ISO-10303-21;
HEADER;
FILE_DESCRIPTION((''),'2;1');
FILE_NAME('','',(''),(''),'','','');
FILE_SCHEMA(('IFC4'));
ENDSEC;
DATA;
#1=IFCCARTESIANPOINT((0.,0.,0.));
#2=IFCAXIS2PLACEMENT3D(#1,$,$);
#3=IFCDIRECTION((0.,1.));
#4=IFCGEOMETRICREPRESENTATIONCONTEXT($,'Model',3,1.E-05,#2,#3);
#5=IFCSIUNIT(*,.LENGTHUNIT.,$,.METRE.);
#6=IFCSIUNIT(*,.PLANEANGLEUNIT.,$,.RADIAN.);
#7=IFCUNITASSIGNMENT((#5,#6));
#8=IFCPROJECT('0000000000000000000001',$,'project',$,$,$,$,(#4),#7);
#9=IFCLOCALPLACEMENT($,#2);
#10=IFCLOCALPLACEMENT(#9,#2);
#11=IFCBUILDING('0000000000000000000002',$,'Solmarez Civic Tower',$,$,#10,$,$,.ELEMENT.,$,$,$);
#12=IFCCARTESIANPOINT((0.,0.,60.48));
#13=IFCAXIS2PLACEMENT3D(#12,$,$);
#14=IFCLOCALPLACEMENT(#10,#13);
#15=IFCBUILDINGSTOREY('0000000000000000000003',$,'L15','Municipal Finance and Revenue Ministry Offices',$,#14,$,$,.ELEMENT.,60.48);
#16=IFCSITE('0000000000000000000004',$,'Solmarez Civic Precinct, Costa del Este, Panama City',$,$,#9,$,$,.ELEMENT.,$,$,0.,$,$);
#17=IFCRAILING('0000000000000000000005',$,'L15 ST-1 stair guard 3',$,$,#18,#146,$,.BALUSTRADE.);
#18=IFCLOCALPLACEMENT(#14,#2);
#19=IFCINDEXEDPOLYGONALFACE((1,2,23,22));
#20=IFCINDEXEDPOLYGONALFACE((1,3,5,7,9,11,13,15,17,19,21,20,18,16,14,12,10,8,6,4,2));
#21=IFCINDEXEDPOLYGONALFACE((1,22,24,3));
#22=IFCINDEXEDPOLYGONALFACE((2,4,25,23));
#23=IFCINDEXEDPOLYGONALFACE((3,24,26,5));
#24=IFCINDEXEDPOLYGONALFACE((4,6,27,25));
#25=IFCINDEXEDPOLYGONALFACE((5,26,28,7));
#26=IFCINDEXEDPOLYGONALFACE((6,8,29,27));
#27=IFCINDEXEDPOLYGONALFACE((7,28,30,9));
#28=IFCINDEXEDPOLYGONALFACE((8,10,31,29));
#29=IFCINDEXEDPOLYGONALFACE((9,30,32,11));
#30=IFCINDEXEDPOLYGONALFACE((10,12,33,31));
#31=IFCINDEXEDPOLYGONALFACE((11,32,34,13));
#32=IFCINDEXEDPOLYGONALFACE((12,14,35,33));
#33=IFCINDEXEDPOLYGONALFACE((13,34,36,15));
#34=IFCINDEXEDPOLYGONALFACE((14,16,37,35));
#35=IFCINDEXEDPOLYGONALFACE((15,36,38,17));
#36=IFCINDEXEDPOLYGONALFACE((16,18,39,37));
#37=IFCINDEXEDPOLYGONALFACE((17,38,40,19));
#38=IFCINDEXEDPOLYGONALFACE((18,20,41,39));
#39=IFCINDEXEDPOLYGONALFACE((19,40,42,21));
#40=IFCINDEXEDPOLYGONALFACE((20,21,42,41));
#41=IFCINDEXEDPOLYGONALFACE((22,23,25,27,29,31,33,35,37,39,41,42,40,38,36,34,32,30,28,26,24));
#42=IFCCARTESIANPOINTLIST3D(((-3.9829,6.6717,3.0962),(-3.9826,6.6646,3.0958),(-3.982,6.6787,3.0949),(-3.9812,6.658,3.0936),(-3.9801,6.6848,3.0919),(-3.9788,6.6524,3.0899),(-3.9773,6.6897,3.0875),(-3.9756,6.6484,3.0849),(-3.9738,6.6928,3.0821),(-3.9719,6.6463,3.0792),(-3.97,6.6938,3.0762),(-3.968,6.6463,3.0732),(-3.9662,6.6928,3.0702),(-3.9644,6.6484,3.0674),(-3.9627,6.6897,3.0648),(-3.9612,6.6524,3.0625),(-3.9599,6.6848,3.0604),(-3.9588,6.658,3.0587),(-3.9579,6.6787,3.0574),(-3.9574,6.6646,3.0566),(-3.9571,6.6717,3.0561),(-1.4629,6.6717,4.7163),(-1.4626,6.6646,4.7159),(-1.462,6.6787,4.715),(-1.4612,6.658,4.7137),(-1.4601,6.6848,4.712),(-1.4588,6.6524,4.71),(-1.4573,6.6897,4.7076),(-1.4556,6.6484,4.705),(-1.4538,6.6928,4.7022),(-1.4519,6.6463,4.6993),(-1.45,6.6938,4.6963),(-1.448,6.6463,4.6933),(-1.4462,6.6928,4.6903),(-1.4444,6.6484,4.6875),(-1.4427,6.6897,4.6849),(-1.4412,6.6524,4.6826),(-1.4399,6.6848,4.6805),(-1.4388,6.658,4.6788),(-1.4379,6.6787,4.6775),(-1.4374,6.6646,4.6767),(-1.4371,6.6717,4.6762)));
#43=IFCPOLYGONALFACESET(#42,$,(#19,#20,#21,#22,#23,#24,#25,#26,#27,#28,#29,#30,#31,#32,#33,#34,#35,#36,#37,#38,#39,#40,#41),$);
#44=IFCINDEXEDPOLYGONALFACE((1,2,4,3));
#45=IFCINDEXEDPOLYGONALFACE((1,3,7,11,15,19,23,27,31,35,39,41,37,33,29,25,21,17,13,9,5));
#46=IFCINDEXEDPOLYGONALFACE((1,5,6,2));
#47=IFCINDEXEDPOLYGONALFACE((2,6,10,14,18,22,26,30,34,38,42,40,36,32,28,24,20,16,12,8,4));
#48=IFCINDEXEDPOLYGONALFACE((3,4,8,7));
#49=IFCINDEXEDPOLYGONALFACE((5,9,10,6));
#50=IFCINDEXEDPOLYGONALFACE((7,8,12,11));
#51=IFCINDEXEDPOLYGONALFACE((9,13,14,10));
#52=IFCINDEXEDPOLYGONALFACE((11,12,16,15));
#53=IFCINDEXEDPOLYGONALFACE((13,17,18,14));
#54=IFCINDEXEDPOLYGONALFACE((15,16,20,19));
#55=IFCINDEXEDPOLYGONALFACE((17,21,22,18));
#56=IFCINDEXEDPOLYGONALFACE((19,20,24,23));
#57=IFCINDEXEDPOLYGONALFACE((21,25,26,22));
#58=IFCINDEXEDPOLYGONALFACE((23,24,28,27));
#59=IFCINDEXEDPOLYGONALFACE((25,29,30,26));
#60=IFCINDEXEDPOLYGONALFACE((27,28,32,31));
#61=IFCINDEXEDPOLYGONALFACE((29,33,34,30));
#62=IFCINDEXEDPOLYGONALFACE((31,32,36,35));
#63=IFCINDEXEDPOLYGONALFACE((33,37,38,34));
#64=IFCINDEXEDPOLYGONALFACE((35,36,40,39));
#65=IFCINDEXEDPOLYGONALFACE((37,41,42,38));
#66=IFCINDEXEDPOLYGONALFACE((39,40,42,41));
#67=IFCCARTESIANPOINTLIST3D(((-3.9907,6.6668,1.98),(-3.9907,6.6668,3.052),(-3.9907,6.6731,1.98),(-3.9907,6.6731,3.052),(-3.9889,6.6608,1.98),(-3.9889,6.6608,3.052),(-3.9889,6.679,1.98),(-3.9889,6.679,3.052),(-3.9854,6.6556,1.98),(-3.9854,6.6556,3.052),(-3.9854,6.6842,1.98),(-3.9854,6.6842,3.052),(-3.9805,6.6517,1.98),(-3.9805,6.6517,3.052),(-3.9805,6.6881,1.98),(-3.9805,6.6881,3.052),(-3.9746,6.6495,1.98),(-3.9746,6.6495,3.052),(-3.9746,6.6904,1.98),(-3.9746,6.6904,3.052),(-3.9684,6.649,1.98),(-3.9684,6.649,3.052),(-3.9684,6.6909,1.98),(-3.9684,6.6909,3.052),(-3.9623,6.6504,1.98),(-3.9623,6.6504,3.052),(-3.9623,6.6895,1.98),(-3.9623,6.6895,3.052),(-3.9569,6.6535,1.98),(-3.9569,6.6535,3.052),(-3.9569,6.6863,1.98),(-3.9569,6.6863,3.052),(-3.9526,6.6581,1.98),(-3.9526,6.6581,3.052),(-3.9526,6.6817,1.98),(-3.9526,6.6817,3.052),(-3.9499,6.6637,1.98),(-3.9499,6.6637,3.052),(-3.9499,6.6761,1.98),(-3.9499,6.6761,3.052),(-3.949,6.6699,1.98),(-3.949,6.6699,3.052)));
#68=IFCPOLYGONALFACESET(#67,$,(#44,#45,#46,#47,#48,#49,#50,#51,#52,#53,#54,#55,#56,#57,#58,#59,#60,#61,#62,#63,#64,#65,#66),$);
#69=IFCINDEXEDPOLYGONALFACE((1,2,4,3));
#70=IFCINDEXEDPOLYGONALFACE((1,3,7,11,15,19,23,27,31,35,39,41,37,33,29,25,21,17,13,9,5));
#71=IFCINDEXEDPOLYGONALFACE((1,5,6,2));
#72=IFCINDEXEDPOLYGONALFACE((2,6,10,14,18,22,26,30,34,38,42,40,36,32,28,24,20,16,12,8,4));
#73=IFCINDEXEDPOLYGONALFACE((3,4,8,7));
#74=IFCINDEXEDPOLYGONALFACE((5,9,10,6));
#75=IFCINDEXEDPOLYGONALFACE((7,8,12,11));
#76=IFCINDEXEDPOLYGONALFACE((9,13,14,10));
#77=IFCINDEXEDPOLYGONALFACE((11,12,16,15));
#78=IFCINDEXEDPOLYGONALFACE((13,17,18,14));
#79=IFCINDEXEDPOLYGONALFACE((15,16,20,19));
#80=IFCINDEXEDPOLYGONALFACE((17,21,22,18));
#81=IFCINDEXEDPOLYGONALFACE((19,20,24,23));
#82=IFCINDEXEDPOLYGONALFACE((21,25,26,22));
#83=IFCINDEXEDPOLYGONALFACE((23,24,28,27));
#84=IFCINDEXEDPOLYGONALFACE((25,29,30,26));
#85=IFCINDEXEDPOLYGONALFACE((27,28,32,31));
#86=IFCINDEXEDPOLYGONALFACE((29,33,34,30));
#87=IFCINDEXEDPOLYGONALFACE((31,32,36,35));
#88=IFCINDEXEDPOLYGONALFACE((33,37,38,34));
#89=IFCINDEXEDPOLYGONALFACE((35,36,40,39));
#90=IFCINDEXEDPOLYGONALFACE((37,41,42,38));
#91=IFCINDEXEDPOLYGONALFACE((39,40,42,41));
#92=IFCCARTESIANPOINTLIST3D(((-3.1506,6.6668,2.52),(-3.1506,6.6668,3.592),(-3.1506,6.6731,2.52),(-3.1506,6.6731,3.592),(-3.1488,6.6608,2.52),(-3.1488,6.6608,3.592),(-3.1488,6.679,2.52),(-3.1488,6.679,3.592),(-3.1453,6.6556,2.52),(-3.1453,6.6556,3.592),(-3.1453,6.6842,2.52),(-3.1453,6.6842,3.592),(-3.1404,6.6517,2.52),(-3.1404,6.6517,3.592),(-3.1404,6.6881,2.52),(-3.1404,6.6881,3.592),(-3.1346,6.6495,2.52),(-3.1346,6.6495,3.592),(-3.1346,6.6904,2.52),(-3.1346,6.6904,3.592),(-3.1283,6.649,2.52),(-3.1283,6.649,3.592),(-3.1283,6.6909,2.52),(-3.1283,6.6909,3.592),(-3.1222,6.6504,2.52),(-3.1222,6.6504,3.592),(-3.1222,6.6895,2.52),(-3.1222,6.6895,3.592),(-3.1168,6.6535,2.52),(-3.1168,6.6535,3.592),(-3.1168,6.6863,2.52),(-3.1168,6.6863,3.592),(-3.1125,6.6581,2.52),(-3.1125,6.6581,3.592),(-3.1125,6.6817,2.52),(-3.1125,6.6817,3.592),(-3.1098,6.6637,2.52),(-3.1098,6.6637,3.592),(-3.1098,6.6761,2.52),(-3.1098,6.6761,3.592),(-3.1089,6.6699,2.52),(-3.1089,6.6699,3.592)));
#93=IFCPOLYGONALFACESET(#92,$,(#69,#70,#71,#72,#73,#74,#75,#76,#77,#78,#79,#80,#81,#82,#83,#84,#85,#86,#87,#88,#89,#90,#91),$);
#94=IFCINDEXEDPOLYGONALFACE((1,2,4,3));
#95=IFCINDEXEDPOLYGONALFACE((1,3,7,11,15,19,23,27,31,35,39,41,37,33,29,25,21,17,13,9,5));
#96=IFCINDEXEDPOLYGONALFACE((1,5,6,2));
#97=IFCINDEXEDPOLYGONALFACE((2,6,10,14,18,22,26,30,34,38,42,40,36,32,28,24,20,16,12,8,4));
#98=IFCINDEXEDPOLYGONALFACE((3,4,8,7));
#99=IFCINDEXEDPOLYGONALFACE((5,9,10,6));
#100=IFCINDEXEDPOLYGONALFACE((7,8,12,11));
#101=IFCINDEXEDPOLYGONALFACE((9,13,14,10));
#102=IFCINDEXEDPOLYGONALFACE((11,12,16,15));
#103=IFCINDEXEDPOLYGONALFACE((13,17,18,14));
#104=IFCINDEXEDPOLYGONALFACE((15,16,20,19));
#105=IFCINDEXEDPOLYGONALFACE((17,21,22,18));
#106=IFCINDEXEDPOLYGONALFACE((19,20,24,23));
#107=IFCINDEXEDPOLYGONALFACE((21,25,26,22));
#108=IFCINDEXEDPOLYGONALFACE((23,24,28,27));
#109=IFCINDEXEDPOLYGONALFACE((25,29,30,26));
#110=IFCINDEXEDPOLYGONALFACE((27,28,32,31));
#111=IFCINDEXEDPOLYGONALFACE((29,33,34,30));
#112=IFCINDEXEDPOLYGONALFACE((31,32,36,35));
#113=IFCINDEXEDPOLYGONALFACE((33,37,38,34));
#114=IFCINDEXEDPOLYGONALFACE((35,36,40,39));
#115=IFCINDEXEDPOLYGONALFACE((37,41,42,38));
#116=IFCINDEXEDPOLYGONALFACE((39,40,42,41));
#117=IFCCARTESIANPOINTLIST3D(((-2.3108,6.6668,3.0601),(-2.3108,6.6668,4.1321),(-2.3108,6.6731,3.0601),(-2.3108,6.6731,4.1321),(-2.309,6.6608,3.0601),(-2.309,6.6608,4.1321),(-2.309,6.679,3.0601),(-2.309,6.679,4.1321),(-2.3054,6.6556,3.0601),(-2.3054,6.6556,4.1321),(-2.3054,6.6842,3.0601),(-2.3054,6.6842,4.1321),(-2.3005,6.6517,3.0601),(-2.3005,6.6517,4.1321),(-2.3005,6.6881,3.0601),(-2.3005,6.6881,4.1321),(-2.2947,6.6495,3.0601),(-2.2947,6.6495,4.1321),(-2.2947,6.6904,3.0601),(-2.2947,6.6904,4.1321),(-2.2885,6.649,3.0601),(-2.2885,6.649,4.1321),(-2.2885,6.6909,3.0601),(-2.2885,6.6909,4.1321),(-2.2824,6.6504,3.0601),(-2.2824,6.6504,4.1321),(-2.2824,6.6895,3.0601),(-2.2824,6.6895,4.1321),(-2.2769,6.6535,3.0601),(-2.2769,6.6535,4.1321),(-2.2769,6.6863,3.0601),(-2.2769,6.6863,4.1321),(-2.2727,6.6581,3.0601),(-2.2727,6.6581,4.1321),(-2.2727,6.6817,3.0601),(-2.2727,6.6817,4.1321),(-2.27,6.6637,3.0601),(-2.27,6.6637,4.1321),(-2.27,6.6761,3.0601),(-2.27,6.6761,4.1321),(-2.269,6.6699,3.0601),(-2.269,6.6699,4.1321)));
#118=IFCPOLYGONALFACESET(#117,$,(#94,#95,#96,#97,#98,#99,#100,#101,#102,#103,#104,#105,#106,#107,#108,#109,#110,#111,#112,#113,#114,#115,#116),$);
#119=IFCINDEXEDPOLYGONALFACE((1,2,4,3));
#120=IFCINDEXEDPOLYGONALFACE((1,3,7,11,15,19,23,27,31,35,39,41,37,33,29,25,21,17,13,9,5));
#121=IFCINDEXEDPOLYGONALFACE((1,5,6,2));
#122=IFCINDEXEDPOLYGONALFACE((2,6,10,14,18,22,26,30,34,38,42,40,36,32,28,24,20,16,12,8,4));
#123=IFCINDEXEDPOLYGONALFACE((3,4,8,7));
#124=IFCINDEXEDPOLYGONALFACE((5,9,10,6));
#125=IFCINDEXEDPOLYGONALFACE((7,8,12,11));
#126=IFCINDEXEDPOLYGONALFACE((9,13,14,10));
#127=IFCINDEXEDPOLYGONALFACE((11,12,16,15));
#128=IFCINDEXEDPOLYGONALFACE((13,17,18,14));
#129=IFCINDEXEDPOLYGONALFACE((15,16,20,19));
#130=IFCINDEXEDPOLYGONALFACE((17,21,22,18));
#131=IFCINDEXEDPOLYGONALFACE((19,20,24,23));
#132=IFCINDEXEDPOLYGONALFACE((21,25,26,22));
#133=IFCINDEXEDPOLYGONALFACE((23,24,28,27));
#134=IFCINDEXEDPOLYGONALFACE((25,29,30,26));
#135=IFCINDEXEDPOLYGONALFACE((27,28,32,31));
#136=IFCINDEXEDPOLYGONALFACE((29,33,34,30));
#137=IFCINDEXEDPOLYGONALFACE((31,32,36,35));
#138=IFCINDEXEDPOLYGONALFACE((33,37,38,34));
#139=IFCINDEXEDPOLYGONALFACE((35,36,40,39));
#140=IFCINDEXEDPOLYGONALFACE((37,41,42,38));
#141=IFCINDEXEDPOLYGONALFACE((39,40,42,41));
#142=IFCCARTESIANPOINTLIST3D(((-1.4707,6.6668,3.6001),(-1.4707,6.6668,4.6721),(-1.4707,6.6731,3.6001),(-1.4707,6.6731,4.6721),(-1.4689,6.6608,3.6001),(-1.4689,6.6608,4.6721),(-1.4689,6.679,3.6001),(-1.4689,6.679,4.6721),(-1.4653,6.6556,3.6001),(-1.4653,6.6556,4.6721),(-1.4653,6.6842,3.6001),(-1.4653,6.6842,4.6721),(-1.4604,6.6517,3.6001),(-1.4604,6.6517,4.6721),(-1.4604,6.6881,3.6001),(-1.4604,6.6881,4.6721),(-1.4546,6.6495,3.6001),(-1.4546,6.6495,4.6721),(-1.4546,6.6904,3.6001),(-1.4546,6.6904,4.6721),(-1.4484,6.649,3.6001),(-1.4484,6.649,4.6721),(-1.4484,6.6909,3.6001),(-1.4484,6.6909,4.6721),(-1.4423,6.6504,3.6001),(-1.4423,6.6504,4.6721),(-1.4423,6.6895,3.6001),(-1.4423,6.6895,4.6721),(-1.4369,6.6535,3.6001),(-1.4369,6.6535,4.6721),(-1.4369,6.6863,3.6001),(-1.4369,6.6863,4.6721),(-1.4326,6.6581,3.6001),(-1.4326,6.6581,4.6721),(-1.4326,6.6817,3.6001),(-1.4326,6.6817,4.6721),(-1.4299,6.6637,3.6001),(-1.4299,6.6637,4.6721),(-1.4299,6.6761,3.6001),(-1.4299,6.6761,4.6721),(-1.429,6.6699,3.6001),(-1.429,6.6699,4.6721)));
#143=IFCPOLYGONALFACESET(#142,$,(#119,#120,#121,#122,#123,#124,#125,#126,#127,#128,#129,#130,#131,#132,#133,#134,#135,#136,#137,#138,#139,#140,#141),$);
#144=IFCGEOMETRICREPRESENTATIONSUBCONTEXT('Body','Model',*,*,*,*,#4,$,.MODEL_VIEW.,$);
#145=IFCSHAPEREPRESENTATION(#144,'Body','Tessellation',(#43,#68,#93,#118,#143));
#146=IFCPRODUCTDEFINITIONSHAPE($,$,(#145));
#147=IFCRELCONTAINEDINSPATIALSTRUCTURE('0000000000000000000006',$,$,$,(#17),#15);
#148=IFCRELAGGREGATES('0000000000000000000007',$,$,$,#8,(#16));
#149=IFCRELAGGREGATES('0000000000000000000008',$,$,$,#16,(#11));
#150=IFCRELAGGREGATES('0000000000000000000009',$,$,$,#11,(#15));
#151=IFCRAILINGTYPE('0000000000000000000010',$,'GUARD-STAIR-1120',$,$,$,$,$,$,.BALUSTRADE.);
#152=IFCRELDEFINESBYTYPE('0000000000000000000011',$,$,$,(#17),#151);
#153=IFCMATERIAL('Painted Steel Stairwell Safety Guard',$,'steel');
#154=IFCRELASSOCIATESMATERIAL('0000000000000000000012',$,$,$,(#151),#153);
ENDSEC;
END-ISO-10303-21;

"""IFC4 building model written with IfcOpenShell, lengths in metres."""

from ifc_helpers import new_model, si_unit, direction, frame, origin, origin_2d, place, context, subcontext, project, spatial, circle, extrude, material, type_object, element, save


model = new_model("IFC4")

# Units and contexts
model_context = context("Model", 3, precision=1e-05, world=origin(), true_north=direction((0.0, 1.0)))
body_context = subcontext(model_context, "Body", "Model", "MODEL_VIEW")
ifc_project = project(units=[si_unit("LENGTHUNIT", "METRE"), si_unit("PLANEANGLEUNIT", "RADIAN")], contexts=[model_context])

# Site, building, storey
site_placement = place(None, origin())
site = spatial("IfcSite", under=ifc_project, at=site_placement, Name="Solmarez Civic Precinct, Costa del Este, Panama City", CompositionType="ELEMENT", RefElevation=0.0)
building_placement = place(site_placement, origin())
building = spatial("IfcBuilding", under=site, at=building_placement, Name="Solmarez Civic Tower", CompositionType="ELEMENT")
storey_placement = place(building_placement, frame((0.0, 0.0, 60.48)))
storey = spatial("IfcBuildingStorey", under=building, at=storey_placement, Name="L15", Description="Municipal Finance and Revenue Ministry Offices", CompositionType="ELEMENT", Elevation=60.48)

# Railing
ifc_material_1 = material(Name="Painted Steel Stairwell Safety Guard", Category="steel")
railing_type_1 = type_object("IfcRailingType", Name="GUARD-STAIR-1120", PredefinedType="BALUSTRADE", material=ifc_material_1)
railing_1_placement = place(storey_placement, frame((-3.97, 6.6699, 1.98)))
element("IfcRailing", 1, at=railing_1_placement, inside=storey, type_object=railing_type_1, Name="L15 ST-1 stair guard 3", PredefinedType="BALUSTRADE", context=body_context, shape_type="SweptSolid", body=[
    extrude(circle(Radius=0.0239, at=origin_2d()), frame((0.0, 0.0, 1.0962), z_axis=(0.841163, 0.0, 0.540782), x_axis=(0.0, 1.0, 0.0)), (0.0, 0.0, 1.0), 2.9958),
    extrude(circle(Radius=0.021, at=origin_2d()), origin(), (0.0, 0.0, 1.0), 1.072),
    extrude(circle(Radius=0.021, at=origin_2d()), frame((0.8401, 0.0, 0.54)), (0.0, 0.0, 1.0), 1.072),
    extrude(circle(Radius=0.021, at=origin_2d()), frame((1.6799, 0.0, 1.0801)), (0.0, 0.0, 1.0), 1.072),
    extrude(circle(Radius=0.021, at=origin_2d()), frame((2.52, 0.0, 1.6201)), (0.0, 0.0, 1.0), 1.072),
])

save(model, "model.ifc")
